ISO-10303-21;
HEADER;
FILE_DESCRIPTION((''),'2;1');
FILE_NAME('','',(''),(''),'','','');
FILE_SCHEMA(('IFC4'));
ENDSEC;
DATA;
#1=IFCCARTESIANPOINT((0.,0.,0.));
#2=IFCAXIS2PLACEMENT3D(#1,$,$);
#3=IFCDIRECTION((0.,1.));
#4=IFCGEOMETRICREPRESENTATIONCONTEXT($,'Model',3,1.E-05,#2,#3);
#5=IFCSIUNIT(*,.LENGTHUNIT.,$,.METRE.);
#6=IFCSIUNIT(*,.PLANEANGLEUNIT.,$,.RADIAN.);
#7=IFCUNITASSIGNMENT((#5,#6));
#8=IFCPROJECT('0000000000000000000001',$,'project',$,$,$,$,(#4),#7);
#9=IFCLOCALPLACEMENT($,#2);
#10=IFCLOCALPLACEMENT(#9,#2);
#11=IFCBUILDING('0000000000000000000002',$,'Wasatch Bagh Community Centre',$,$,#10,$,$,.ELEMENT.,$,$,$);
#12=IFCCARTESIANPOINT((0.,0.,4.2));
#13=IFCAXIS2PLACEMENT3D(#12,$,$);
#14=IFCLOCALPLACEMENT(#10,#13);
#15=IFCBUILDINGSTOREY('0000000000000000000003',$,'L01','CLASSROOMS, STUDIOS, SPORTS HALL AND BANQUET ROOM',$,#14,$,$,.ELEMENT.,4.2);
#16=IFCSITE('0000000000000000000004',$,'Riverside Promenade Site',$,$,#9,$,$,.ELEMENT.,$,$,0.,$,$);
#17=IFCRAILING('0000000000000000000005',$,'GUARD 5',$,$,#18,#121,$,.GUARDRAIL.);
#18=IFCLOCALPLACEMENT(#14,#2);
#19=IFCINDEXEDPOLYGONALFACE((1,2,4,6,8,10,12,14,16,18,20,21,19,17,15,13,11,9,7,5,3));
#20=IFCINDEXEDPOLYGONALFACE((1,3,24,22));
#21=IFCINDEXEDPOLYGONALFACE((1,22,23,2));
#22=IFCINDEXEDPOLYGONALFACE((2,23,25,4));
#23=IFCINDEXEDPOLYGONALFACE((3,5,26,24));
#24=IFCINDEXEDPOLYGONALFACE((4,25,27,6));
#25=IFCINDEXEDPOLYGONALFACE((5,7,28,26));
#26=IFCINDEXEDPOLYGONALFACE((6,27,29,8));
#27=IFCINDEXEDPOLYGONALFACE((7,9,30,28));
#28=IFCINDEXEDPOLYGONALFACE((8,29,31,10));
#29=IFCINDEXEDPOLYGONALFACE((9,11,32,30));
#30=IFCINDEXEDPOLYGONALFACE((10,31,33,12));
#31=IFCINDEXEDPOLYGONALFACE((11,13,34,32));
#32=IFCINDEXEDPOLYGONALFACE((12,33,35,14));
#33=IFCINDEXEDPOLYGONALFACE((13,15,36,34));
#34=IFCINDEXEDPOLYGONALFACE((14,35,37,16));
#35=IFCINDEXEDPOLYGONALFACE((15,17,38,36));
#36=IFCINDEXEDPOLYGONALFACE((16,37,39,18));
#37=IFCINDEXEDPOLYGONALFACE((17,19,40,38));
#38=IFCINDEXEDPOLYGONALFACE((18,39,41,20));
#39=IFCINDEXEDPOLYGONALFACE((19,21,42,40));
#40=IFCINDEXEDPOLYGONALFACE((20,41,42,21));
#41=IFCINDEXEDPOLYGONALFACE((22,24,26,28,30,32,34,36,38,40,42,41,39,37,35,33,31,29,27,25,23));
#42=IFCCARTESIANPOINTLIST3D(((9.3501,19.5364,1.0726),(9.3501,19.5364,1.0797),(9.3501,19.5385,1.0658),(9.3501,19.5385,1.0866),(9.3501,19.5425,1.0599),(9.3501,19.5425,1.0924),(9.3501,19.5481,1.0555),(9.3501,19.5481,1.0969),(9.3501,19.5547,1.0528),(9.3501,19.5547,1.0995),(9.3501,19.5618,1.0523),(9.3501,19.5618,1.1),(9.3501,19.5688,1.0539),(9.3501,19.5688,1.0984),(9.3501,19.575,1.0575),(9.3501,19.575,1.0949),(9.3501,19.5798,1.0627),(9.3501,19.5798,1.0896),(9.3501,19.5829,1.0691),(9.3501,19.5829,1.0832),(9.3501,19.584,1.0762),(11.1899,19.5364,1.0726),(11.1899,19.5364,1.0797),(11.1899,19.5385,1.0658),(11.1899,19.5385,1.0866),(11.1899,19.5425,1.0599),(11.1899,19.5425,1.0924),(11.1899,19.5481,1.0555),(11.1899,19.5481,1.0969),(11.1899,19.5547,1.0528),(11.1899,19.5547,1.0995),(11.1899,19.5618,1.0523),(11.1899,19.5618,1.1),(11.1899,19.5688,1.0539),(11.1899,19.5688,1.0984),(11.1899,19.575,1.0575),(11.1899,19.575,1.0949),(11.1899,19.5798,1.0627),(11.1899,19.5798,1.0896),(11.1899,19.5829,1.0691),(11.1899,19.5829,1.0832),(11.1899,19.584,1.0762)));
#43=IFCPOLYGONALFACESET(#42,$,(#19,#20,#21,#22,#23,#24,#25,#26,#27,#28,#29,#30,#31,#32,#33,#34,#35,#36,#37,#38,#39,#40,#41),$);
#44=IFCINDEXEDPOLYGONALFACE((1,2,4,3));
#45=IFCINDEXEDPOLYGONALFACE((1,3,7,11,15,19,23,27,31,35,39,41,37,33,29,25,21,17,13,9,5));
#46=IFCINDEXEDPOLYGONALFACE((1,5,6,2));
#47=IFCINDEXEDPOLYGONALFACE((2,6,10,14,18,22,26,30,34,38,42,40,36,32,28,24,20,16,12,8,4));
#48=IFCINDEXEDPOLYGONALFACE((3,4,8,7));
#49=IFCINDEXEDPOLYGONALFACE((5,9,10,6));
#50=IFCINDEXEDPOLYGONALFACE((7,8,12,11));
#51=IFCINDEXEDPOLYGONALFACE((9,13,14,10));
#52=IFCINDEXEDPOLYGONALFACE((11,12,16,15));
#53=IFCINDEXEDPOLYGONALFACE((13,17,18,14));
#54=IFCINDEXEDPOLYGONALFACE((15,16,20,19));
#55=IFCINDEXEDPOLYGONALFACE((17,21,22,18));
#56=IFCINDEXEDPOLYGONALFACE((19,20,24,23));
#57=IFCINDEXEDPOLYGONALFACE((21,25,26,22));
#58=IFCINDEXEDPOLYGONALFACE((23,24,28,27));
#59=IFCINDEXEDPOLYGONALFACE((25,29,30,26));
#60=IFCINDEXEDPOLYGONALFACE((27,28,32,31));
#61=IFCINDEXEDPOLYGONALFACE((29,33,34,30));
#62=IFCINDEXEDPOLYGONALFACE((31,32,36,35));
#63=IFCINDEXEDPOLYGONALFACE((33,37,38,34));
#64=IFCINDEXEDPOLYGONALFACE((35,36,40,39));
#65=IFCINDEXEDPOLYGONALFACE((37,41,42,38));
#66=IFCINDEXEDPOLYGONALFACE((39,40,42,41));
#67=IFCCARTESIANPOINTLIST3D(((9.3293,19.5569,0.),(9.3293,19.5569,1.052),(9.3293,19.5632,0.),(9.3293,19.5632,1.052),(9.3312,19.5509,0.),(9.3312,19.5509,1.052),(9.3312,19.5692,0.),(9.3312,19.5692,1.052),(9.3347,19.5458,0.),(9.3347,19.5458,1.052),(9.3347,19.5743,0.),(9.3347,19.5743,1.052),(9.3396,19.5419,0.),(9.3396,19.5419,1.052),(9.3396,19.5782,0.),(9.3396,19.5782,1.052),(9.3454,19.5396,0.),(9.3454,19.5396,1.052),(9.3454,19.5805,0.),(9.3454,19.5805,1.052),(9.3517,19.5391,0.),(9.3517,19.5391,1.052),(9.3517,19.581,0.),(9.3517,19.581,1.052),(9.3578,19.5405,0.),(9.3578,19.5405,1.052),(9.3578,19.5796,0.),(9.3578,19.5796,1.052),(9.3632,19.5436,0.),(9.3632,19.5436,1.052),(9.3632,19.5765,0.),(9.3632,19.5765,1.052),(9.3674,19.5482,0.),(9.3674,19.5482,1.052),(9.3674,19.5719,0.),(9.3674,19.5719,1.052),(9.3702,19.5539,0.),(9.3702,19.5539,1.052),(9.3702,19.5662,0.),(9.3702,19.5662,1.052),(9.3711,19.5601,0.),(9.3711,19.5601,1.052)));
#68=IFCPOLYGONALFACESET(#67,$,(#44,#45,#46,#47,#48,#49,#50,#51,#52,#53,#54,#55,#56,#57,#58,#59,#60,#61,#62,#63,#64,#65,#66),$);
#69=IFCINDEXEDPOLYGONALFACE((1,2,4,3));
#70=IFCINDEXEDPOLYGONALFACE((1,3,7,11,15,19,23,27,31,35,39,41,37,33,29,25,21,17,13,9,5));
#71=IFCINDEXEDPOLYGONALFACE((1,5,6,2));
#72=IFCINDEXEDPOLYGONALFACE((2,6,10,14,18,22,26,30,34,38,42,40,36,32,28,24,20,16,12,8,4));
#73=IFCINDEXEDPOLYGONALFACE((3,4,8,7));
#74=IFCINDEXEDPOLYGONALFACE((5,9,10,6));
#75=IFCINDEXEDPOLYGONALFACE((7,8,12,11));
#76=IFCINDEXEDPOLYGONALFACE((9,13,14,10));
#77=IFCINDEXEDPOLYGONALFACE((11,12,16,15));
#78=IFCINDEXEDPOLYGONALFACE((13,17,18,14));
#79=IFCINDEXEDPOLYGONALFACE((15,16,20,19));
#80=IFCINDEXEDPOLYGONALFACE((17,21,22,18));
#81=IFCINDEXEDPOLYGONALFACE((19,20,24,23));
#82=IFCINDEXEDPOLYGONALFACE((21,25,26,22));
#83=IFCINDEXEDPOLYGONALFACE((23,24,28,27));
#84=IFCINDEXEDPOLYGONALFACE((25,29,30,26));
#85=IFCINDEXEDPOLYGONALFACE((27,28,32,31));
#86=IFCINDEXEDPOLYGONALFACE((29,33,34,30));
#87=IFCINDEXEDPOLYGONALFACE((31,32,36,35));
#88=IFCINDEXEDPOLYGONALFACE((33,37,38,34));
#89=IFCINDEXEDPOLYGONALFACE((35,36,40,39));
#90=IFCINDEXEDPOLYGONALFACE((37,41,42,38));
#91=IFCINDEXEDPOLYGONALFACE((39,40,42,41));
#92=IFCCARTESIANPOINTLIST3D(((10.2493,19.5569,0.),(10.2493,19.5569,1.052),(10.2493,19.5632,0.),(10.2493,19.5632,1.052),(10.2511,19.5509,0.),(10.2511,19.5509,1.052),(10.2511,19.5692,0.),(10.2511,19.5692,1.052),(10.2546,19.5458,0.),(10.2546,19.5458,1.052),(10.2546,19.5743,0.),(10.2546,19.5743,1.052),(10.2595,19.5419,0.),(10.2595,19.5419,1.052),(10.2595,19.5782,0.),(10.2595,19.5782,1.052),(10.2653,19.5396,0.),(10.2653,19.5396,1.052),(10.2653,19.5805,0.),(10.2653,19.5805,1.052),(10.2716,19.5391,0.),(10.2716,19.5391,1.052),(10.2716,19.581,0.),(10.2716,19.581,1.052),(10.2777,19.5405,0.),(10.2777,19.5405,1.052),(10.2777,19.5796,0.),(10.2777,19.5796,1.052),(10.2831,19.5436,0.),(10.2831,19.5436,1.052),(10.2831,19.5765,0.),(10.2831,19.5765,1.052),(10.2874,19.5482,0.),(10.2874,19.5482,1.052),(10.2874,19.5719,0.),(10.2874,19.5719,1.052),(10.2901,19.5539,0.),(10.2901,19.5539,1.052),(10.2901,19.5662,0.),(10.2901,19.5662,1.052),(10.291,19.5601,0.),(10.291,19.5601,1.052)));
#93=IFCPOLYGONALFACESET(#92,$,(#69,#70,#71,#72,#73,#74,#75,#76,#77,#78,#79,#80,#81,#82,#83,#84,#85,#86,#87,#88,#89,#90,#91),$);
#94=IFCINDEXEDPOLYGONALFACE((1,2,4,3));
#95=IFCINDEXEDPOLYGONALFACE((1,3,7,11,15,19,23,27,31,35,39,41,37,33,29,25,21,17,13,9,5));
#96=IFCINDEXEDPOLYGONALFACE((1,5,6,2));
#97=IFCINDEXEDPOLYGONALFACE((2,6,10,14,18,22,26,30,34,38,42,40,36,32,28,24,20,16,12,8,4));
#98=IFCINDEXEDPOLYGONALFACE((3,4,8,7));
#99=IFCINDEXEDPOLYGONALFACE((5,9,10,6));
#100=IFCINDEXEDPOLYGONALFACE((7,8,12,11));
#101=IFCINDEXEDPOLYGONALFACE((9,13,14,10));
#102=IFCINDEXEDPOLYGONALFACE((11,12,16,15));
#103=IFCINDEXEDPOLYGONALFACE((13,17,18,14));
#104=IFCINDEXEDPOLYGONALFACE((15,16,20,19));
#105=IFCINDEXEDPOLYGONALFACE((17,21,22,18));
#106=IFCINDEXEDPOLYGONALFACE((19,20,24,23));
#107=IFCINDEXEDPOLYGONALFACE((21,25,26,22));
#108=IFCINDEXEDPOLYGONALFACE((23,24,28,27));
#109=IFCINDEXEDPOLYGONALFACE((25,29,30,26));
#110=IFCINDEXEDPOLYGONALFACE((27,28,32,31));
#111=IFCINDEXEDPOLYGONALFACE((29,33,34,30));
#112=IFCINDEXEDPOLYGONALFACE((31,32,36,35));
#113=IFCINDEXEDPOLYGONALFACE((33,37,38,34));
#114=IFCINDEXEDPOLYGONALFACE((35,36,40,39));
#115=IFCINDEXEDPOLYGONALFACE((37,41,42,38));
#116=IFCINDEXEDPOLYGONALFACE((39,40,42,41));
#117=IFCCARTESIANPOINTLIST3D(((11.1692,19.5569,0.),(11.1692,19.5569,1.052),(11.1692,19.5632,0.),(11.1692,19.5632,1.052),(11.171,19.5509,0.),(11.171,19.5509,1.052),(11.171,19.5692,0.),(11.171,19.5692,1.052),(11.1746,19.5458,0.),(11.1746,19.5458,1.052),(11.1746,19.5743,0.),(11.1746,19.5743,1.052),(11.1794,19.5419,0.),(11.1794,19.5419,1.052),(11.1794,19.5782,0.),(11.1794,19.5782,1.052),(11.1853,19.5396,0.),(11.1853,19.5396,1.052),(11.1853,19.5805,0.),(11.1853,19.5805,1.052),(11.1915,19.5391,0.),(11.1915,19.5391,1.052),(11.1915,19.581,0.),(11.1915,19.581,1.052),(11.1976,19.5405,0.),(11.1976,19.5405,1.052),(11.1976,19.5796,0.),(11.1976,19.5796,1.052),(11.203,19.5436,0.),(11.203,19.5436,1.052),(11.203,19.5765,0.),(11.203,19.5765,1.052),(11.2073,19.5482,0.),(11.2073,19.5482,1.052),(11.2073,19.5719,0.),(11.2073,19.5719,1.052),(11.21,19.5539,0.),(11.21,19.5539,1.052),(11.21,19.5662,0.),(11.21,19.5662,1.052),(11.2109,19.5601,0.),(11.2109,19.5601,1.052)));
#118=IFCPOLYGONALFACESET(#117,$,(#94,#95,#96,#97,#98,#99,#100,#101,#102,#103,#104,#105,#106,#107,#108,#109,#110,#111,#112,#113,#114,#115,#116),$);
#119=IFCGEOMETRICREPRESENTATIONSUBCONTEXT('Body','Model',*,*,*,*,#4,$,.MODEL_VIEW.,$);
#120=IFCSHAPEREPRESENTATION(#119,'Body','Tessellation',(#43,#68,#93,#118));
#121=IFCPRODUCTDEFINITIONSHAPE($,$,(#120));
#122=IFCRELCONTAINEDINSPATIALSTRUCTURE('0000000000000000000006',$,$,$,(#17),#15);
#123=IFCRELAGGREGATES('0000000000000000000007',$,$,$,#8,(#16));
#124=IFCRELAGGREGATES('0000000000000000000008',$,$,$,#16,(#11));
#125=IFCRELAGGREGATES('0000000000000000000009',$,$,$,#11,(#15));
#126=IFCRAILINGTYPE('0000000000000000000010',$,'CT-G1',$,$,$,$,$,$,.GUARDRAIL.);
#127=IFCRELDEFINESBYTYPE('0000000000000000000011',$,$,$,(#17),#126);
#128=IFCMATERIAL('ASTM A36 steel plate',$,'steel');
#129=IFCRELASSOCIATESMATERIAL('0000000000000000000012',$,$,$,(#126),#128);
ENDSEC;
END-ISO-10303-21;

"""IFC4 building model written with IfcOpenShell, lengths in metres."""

from ifc_helpers import new_model, si_unit, direction, frame, origin, origin_2d, place, context, subcontext, project, spatial, circle, extrude, material, type_object, element, save


model = new_model("IFC4")

# Units and contexts
model_context = context("Model", 3, precision=1e-05, world=origin(), true_north=direction((0.0, 1.0)))
body_context = subcontext(model_context, "Body", "Model", "MODEL_VIEW")
ifc_project = project(units=[si_unit("LENGTHUNIT", "METRE"), si_unit("PLANEANGLEUNIT", "RADIAN")], contexts=[model_context])

# Site, building, storey
site_placement = place(None, origin())
site = spatial("IfcSite", under=ifc_project, at=site_placement, Name="Riverside Promenade Site", CompositionType="ELEMENT", RefElevation=0.0)
building_placement = place(site_placement, origin())
building = spatial("IfcBuilding", under=site, at=building_placement, Name="Wasatch Bagh Community Centre", CompositionType="ELEMENT")
storey_placement = place(building_placement, frame((0.0, 0.0, 4.2)))
storey = spatial("IfcBuildingStorey", under=building, at=storey_placement, Name="L01", Description="CLASSROOMS, STUDIOS, SPORTS HALL AND BANQUET ROOM", CompositionType="ELEMENT", Elevation=4.2)

# Railing
ifc_material_1 = material(Name="ASTM A36 steel plate", Category="steel")
railing_type = type_object("IfcRailingType", Name="CT-G1", PredefinedType="GUARDRAIL", material=ifc_material_1)
railing_1_placement = place(storey_placement, frame((9.3501, 19.5601, 0.0)))
element("IfcRailing", 1, at=railing_1_placement, inside=storey, type_object=railing_type, Name="GUARD 5", PredefinedType="GUARDRAIL", context=body_context, shape_type="SweptSolid", body=[
    extrude(circle(Radius=0.0239, at=origin_2d()), frame((0.0, 0.0, 1.0762), z_axis=(1.0, 0.0, 0.0), x_axis=(0.0, 1.0, 0.0)), (0.0, 0.0, 1.0), 1.8398),
    extrude(circle(Radius=0.021, at=origin_2d()), origin(), (0.0, 0.0, 1.0), 1.052),
    extrude(circle(Radius=0.021, at=origin_2d()), frame((0.9199, 0.0, 0.0)), (0.0, 0.0, 1.0), 1.052),
    extrude(circle(Radius=0.021, at=origin_2d()), frame((1.8398, 0.0, 0.0)), (0.0, 0.0, 1.0), 1.052),
])

save(model, "model.ifc")
